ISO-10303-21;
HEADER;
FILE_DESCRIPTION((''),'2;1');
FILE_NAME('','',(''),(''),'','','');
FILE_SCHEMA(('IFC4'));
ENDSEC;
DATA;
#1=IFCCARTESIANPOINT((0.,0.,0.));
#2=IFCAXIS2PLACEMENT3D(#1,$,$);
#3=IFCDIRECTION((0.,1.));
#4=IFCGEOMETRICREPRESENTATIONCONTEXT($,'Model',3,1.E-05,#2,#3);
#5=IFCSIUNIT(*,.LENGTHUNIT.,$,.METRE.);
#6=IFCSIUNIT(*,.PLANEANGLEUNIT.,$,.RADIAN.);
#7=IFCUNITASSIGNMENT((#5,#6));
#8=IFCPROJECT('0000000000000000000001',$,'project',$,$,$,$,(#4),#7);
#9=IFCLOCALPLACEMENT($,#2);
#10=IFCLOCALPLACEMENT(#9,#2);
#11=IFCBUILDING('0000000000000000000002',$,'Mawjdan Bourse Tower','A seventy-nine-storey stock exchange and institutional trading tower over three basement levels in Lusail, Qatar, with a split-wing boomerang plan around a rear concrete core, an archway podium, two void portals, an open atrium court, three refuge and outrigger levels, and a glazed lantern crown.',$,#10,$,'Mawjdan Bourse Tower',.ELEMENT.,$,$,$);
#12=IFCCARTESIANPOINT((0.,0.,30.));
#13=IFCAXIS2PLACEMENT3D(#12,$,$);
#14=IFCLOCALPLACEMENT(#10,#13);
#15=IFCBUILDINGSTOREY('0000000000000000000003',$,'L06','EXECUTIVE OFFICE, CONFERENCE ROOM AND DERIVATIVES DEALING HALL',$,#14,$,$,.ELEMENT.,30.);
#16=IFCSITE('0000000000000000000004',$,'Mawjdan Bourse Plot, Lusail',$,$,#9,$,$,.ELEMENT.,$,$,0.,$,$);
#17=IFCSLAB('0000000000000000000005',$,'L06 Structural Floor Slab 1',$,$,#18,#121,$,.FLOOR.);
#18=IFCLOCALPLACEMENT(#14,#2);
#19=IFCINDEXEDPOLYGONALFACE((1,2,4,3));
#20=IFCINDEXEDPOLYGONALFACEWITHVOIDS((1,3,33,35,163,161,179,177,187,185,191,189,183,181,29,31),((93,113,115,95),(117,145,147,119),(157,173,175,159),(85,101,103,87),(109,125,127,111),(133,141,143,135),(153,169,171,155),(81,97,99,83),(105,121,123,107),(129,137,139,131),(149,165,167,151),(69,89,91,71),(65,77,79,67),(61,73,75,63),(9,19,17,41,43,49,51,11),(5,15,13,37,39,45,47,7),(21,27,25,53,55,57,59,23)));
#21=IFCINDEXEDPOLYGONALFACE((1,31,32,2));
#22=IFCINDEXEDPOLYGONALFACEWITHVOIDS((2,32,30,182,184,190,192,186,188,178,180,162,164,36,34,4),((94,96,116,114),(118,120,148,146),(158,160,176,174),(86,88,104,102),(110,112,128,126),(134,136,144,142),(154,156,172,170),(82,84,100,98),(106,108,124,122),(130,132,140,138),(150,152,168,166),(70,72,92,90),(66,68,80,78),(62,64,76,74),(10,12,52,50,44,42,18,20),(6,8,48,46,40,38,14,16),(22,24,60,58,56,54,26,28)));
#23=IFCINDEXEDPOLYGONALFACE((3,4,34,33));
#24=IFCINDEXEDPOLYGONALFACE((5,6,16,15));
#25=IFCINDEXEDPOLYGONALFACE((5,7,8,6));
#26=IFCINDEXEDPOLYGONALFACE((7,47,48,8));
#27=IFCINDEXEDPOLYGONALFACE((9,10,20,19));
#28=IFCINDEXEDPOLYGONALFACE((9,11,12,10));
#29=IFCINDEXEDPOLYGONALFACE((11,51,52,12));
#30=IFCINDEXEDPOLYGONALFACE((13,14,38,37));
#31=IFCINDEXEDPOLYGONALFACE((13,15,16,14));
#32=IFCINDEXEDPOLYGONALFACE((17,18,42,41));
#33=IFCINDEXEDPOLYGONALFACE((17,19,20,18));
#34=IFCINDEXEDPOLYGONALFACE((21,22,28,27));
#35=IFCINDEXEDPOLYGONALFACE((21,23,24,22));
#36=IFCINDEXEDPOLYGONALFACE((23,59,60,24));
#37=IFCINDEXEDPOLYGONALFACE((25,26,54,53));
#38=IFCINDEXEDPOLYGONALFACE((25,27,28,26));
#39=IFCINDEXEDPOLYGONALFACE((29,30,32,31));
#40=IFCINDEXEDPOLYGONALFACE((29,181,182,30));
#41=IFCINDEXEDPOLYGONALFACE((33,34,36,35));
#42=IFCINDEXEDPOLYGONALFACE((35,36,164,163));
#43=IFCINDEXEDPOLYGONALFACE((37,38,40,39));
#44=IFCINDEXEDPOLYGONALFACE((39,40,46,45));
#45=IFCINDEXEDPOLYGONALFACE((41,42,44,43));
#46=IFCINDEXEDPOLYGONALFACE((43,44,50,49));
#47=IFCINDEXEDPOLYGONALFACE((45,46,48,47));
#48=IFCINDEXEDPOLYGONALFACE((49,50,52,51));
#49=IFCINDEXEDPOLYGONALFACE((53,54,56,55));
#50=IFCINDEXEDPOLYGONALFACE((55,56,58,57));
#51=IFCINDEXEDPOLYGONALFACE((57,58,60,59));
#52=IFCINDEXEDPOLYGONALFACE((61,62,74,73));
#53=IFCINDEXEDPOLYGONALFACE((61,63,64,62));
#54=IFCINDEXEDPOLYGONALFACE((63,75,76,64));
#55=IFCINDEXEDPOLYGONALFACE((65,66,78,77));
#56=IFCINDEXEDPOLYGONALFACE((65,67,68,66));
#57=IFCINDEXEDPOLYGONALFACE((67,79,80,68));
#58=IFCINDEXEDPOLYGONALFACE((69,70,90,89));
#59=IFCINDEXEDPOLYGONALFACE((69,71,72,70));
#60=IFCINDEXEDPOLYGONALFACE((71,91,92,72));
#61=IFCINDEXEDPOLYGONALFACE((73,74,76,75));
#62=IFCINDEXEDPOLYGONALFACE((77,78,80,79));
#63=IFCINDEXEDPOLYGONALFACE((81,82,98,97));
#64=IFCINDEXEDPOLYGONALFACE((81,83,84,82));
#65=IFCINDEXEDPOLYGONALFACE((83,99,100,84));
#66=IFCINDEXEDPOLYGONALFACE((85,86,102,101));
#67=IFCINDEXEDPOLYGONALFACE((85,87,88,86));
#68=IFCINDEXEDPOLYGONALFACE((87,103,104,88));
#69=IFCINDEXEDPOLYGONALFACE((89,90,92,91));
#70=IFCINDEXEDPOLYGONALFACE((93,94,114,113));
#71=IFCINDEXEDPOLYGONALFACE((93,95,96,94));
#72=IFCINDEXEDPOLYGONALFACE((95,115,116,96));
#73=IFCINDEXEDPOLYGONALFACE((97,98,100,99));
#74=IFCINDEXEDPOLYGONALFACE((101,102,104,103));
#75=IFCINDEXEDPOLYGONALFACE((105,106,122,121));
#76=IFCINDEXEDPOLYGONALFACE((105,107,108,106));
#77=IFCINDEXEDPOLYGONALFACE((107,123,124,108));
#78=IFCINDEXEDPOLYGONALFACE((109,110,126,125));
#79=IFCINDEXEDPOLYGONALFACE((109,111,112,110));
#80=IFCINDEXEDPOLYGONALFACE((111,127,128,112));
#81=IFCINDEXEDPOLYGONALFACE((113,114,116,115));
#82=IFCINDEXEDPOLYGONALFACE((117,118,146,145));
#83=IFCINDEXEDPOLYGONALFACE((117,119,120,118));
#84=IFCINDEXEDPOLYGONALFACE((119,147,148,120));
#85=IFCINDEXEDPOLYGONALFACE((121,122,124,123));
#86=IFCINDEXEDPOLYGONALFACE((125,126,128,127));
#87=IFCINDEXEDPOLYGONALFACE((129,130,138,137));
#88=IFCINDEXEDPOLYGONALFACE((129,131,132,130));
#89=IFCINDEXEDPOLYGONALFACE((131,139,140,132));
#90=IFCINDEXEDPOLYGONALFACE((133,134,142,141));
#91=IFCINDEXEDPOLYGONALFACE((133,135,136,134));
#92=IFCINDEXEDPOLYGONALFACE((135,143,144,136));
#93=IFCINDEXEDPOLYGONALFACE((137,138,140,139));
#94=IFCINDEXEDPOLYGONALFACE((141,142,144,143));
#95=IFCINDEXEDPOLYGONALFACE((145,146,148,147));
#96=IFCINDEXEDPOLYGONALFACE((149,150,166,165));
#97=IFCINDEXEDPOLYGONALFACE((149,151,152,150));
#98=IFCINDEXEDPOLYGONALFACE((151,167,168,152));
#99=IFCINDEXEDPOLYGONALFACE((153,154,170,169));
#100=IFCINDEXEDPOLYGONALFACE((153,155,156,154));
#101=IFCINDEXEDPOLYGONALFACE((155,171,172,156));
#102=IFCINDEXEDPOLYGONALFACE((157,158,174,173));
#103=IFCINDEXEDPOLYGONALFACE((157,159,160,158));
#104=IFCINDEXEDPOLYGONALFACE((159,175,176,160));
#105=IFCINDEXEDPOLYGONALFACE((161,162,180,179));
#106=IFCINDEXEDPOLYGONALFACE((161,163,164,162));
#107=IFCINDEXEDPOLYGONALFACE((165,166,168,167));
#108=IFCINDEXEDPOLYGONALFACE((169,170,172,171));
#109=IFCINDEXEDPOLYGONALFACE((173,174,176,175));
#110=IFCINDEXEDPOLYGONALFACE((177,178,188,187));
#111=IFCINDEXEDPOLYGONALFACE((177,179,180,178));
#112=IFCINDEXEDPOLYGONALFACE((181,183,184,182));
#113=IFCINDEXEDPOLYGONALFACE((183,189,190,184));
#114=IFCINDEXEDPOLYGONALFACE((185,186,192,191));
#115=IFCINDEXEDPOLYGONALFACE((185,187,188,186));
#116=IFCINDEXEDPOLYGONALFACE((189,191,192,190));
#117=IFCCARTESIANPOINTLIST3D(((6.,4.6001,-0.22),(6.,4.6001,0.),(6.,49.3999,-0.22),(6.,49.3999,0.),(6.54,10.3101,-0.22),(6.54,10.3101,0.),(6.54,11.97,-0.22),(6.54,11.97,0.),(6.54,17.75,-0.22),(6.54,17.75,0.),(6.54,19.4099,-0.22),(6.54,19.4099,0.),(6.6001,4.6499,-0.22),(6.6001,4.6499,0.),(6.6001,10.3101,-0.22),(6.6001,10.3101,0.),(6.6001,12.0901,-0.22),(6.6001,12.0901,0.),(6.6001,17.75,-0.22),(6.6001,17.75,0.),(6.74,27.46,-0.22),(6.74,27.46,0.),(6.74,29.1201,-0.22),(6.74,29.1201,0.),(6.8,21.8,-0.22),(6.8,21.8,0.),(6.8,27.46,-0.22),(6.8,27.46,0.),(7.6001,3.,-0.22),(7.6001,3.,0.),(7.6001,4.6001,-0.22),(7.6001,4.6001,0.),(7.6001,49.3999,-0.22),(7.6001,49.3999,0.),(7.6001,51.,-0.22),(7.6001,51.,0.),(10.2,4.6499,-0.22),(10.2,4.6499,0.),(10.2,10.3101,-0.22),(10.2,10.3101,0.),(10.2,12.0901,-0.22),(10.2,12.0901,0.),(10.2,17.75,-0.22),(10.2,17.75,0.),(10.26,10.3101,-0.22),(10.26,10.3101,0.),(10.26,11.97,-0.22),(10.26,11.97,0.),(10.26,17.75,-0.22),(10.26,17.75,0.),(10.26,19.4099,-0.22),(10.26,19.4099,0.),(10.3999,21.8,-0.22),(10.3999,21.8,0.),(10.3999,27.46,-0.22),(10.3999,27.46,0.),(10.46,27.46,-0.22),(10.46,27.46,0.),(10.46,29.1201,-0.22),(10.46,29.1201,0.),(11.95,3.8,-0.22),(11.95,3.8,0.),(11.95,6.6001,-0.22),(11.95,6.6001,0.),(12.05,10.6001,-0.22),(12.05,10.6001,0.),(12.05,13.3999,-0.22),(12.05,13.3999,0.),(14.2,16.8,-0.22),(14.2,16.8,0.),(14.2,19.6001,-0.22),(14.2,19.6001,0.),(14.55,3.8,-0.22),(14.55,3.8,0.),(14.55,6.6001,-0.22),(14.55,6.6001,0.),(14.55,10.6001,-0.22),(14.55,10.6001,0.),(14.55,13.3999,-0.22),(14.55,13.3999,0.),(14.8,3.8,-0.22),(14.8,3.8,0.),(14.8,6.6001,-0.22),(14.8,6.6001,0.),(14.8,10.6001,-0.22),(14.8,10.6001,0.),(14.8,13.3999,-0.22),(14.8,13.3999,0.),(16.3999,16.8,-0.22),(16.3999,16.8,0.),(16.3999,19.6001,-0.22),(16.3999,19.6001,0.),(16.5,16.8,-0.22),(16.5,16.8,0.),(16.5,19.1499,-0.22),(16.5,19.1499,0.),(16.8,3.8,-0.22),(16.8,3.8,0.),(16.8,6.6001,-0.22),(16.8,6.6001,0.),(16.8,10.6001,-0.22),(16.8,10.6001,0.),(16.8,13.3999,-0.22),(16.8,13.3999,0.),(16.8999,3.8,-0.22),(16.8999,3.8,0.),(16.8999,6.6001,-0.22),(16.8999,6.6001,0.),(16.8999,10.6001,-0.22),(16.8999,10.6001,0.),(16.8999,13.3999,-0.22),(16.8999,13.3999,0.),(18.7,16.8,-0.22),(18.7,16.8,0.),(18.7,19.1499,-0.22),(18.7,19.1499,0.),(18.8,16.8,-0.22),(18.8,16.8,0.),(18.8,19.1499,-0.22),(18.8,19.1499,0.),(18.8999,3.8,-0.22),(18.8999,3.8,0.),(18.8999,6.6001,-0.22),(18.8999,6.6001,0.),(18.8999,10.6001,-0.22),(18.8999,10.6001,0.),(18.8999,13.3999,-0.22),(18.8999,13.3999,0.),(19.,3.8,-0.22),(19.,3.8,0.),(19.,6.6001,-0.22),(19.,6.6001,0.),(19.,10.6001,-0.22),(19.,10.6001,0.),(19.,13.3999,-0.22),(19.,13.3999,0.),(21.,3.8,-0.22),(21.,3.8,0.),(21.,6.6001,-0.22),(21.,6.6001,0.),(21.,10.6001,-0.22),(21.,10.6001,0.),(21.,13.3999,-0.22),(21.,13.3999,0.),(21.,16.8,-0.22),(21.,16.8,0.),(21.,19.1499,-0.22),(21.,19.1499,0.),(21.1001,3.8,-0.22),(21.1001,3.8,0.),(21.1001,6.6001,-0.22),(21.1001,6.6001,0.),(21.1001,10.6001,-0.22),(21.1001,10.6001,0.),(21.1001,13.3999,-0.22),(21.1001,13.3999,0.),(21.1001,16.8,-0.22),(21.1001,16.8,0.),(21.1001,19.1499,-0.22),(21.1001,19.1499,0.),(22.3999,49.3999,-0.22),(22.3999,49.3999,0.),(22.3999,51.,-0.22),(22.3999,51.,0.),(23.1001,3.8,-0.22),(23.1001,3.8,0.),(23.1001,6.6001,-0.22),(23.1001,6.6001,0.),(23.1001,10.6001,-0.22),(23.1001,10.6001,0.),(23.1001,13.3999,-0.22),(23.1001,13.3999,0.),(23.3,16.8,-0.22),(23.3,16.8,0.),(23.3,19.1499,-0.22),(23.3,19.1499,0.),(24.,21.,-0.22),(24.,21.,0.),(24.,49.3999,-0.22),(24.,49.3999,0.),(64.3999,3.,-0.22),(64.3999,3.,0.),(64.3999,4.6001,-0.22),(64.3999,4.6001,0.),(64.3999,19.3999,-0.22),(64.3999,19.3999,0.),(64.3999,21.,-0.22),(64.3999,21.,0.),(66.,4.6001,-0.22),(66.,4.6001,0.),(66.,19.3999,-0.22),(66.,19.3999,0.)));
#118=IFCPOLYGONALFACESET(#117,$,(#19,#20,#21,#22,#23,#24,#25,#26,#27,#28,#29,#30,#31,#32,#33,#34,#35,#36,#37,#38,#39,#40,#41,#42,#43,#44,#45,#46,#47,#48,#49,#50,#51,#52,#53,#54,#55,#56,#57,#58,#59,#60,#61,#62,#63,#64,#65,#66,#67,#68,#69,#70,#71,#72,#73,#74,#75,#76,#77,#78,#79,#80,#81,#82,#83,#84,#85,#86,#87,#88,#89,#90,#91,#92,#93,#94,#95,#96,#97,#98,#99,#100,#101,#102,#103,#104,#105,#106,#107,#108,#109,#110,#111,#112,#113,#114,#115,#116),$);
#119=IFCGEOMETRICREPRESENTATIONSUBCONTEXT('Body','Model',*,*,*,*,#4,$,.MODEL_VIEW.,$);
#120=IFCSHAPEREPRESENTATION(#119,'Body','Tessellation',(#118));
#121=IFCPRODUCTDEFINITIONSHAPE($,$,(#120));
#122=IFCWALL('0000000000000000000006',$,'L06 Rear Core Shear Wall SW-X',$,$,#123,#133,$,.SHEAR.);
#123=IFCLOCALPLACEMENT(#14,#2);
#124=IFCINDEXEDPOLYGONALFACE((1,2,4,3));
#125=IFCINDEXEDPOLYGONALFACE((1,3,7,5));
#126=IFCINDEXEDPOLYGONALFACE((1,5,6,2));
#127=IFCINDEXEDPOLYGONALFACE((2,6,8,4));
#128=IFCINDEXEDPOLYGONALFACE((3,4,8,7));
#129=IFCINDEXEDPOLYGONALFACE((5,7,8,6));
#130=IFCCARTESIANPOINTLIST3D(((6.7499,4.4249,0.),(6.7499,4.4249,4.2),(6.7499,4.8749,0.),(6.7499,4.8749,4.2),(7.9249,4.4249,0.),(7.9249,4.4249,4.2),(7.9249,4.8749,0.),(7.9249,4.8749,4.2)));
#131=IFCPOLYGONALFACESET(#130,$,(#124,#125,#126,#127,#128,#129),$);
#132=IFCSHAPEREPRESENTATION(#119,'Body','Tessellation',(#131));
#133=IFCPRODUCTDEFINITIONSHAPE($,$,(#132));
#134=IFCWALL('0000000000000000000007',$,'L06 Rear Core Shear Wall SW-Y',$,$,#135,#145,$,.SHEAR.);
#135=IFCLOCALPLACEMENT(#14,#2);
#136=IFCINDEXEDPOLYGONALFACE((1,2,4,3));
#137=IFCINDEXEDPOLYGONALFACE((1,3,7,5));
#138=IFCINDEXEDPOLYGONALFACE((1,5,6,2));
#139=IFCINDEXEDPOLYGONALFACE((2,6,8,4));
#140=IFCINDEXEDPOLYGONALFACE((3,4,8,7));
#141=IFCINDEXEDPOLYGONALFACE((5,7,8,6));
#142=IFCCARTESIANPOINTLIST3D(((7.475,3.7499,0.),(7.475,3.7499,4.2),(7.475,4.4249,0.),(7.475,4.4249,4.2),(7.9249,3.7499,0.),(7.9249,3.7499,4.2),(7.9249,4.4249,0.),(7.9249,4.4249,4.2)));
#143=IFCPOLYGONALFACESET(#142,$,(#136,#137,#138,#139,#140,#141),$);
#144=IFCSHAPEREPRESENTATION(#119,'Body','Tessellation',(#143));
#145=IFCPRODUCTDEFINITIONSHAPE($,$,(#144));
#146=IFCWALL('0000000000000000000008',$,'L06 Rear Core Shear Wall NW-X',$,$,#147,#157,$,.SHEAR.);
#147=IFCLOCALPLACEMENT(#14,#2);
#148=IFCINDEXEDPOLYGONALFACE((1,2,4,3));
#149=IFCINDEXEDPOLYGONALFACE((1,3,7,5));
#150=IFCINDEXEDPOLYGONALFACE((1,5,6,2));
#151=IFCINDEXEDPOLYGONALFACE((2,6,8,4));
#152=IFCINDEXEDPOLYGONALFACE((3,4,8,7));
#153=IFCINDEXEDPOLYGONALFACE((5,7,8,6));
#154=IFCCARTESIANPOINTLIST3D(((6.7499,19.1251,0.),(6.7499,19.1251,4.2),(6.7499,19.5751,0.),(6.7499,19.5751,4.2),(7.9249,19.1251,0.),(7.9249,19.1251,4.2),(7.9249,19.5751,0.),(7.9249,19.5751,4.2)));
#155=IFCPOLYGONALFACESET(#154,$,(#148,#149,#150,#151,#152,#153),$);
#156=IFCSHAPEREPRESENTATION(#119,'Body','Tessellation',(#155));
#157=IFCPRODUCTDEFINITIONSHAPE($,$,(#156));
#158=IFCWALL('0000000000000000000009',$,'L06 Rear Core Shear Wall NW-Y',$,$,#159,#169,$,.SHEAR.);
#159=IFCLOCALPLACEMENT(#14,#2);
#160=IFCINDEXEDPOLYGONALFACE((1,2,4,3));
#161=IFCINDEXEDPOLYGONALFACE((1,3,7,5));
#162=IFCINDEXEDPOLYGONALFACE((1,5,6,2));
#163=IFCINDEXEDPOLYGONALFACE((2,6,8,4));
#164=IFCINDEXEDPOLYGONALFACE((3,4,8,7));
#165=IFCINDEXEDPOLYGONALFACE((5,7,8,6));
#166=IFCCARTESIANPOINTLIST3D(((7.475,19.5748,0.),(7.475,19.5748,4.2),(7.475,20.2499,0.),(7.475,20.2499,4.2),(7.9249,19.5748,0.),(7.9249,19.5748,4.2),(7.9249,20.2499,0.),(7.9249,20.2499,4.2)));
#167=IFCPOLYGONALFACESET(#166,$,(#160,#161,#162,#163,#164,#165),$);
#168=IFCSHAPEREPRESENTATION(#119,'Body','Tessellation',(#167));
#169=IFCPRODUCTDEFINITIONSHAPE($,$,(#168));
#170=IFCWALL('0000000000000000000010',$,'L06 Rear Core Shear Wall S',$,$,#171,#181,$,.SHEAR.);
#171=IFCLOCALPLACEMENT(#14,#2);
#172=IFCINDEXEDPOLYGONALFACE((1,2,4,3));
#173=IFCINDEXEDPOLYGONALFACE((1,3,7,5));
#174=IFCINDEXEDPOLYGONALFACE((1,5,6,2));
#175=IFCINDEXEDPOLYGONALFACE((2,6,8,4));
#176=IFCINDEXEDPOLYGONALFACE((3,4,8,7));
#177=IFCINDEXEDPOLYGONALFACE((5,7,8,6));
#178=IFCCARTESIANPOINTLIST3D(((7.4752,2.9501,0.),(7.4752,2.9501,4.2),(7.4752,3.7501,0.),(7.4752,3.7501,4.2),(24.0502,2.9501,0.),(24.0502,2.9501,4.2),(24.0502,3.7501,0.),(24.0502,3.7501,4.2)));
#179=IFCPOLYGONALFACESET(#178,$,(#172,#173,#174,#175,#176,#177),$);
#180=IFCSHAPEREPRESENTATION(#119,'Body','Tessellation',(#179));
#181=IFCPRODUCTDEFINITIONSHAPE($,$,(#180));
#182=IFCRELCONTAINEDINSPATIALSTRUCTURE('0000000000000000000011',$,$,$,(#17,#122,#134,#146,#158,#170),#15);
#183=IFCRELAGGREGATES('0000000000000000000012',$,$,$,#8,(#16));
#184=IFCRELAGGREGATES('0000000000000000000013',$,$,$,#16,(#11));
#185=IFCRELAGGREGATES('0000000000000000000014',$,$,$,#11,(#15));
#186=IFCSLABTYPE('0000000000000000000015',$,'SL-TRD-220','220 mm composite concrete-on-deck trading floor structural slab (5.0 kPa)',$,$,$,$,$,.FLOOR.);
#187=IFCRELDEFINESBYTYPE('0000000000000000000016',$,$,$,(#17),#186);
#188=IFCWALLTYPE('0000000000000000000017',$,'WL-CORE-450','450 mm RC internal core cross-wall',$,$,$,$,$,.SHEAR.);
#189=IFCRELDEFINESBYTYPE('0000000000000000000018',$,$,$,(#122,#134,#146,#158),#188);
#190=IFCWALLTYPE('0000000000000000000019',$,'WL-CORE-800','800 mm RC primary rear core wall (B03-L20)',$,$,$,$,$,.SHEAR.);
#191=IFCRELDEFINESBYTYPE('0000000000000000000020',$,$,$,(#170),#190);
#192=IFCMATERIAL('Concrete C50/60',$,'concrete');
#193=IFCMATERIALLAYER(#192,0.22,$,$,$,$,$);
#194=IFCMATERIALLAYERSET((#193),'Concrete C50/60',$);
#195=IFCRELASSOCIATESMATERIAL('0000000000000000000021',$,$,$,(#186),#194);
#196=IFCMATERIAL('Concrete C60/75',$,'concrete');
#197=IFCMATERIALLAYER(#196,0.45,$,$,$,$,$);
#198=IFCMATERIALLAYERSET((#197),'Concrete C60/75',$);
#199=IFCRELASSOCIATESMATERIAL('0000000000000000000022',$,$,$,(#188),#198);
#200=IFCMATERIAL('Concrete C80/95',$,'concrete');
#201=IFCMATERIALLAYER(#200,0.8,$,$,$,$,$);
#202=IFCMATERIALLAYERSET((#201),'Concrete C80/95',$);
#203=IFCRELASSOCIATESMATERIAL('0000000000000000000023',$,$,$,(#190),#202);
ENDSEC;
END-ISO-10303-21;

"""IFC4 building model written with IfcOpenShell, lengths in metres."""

from ifc_helpers import new_model, si_unit, direction, frame, frame_2d, origin, place, context, subcontext, project, spatial, polyline, rectangle, outline, extrude, material, layer, layer_set, type_object, element, save


model = new_model("IFC4")

# Units and contexts
model_context = context("Model", 3, precision=1e-05, world=origin(), true_north=direction((0.0, 1.0)))
body_context = subcontext(model_context, "Body", "Model", "MODEL_VIEW")
ifc_project = project(units=[si_unit("LENGTHUNIT", "METRE"), si_unit("PLANEANGLEUNIT", "RADIAN")], contexts=[model_context])

# Site, building, storey
site_placement = place(None, origin())
site = spatial("IfcSite", under=ifc_project, at=site_placement, Name="Mawjdan Bourse Plot, Lusail", CompositionType="ELEMENT", RefElevation=0.0)
building_placement = place(site_placement, origin())
building = spatial("IfcBuilding", under=site, at=building_placement, Name="Mawjdan Bourse Tower", Description="A seventy-nine-storey stock exchange and institutional trading tower over three basement levels in Lusail, Qatar, with a split-wing boomerang plan around a rear concrete core, an archway podium, two void portals, an open atrium court, three refuge and outrigger levels, and a glazed lantern crown.", LongName="Mawjdan Bourse Tower", CompositionType="ELEMENT")
storey_placement = place(building_placement, frame((0.0, 0.0, 30.0)))
storey = spatial("IfcBuildingStorey", under=building, at=storey_placement, Name="L06", Description="EXECUTIVE OFFICE, CONFERENCE ROOM AND DERIVATIVES DEALING HALL", CompositionType="ELEMENT", Elevation=30.0)

# Shared definitions
ifc_material_1 = material(Name="Concrete C50/60", Category="concrete")

# Slab
ifc_layer_1 = layer(ifc_material_1, 0.22)
ifc_layer_set_1 = layer_set([ifc_layer_1], Name="Concrete C50/60")
slab_type_1 = type_object("IfcSlabType", Name="SL-TRD-220", Description="220 mm composite concrete-on-deck trading floor structural slab (5.0 kPa)", PredefinedType="FLOOR", material=ifc_layer_set_1)
slab_1_placement = place(storey_placement, frame((0.0, 0.0, -0.22)))
element("IfcSlab", 1, at=slab_1_placement, inside=storey, type_object=slab_type_1, Name="L06 Structural Floor Slab 1", PredefinedType="FLOOR", context=body_context, shape_type="SweptSolid", body=[
    extrude(outline(polyline([(7.6001, 3.0), (64.3999, 3.0), (64.3999, 4.6001), (66.0, 4.6001), (66.0, 19.3999), (64.3999, 19.3999), (64.3999, 21.0), (24.0, 21.0), (24.0, 49.3999), (22.3999, 49.3999), (22.3999, 51.0), (7.6001, 51.0), (7.6001, 49.3999), (6.0, 49.3999), (6.0, 4.6001), (7.6001, 4.6001), (7.6001, 3.0)]), holes=[polyline([(11.95, 3.8), (11.95, 6.6001), (14.55, 6.6001), (14.55, 3.8), (11.95, 3.8)]), polyline([(14.8, 3.8), (14.8, 6.6001), (16.8, 6.6001), (16.8, 3.8), (14.8, 3.8)]), polyline([(10.26, 11.97), (10.26, 10.3101), (10.2, 10.3101), (10.2, 4.6499), (6.6001, 4.6499), (6.6001, 10.3101), (6.54, 10.3101), (6.54, 11.97), (10.26, 11.97)]), polyline([(12.05, 13.3999), (14.55, 13.3999), (14.55, 10.6001), (12.05, 10.6001), (12.05, 13.3999)]), polyline([(6.6001, 17.75), (6.54, 17.75), (6.54, 19.4099), (10.26, 19.4099), (10.26, 17.75), (10.2, 17.75), (10.2, 12.0901), (6.6001, 12.0901), (6.6001, 17.75)]), polyline([(14.2, 16.8), (14.2, 19.6001), (16.3999, 19.6001), (16.3999, 16.8), (14.2, 16.8)]), polyline([(10.46, 27.46), (10.3999, 27.46), (10.3999, 21.8), (6.8, 21.8), (6.8, 27.46), (6.74, 27.46), (6.74, 29.1201), (10.46, 29.1201), (10.46, 27.46)]), polyline([(16.8999, 3.8), (16.8999, 6.6001), (18.8999, 6.6001), (18.8999, 3.8), (16.8999, 3.8)]), polyline([(19.0, 3.8), (19.0, 6.6001), (21.0, 6.6001), (21.0, 3.8), (19.0, 3.8)]), polyline([(21.1001, 3.8), (21.1001, 6.6001), (23.1001, 6.6001), (23.1001, 3.8), (21.1001, 3.8)]), polyline([(14.8, 13.3999), (16.8, 13.3999), (16.8, 10.6001), (14.8, 10.6001), (14.8, 13.3999)]), polyline([(16.8999, 13.3999), (18.8999, 13.3999), (18.8999, 10.6001), (16.8999, 10.6001), (16.8999, 13.3999)]), polyline([(19.0, 10.6001), (19.0, 13.3999), (21.0, 13.3999), (21.0, 10.6001), (19.0, 10.6001)]), polyline([(21.1001, 10.6001), (21.1001, 13.3999), (23.1001, 13.3999), (23.1001, 10.6001), (21.1001, 10.6001)]), polyline([(16.5, 16.8), (16.5, 19.1499), (18.7, 19.1499), (18.7, 16.8), (16.5, 16.8)]), polyline([(18.8, 19.1499), (21.0, 19.1499), (21.0, 16.8), (18.8, 16.8), (18.8, 19.1499)]), polyline([(21.1001, 19.1499), (23.3, 19.1499), (23.3, 16.8), (21.1001, 16.8), (21.1001, 19.1499)])]), origin(), (0.0, 0.0, 1.0), 0.22),
])

# Walls
ifc_material_2 = material(Name="Concrete C60/75", Category="concrete")
ifc_layer_2 = layer(ifc_material_2, 0.45)
ifc_layer_set_2 = layer_set([ifc_layer_2], Name="Concrete C60/75")
wall_type_1 = type_object("IfcWallType", Name="WL-CORE-450", Description="450 mm RC internal core cross-wall", PredefinedType="SHEAR", material=ifc_layer_set_2)
wall_1_placement = place(storey_placement, frame((6.75, 4.6499, 0.0), z_axis=(0.0, 0.0, 1.0), x_axis=(1.0, 0.0, 0.0)))
element("IfcWall", 2, at=wall_1_placement, inside=storey, type_object=wall_type_1, Name="L06 Rear Core Shear Wall SW-X", PredefinedType="SHEAR", context=body_context, shape_type="SweptSolid", body=[
    extrude(rectangle(XDim=1.175, YDim=0.45, at=frame_2d((0.5874, 0.0))), origin(), (0.0, 0.0, 1.0), 4.2),
])
wall_2_placement = place(storey_placement, frame((7.7, 3.75, 0.0), z_axis=(0.0, 0.0, 1.0), x_axis=(0.0, 1.0, 0.0)))
element("IfcWall", 3, at=wall_2_placement, inside=storey, type_object=wall_type_1, Name="L06 Rear Core Shear Wall SW-Y", PredefinedType="SHEAR", context=body_context, shape_type="SweptSolid", body=[
    extrude(rectangle(XDim=0.675, YDim=0.45, at=frame_2d((0.3374, 0.0))), origin(), (0.0, 0.0, 1.0), 4.2),
])
wall_3_placement = place(storey_placement, frame((6.75, 19.3501, 0.0), z_axis=(0.0, 0.0, 1.0), x_axis=(1.0, 0.0, 0.0)))
element("IfcWall", 4, at=wall_3_placement, inside=storey, type_object=wall_type_1, Name="L06 Rear Core Shear Wall NW-X", PredefinedType="SHEAR", context=body_context, shape_type="SweptSolid", body=[
    extrude(rectangle(XDim=1.175, YDim=0.45, at=frame_2d((0.5874, 0.0))), origin(), (0.0, 0.0, 1.0), 4.2),
])
wall_4_placement = place(storey_placement, frame((7.7, 19.575, 0.0), z_axis=(0.0, 0.0, 1.0), x_axis=(0.0, 1.0, 0.0)))
element("IfcWall", 5, at=wall_4_placement, inside=storey, type_object=wall_type_1, Name="L06 Rear Core Shear Wall NW-Y", PredefinedType="SHEAR", context=body_context, shape_type="SweptSolid", body=[
    extrude(rectangle(XDim=0.675, YDim=0.45, at=frame_2d((0.3374, 0.0))), origin(), (0.0, 0.0, 1.0), 4.2),
])
ifc_material_3 = material(Name="Concrete C80/95", Category="concrete")
ifc_layer_3 = layer(ifc_material_3, 0.8)
ifc_layer_set_3 = layer_set([ifc_layer_3], Name="Concrete C80/95")
wall_type_2 = type_object("IfcWallType", Name="WL-CORE-800", Description="800 mm RC primary rear core wall (B03-L20)", PredefinedType="SHEAR", material=ifc_layer_set_3)
wall_5_placement = place(storey_placement, frame((7.4751, 3.3501, 0.0), z_axis=(0.0, 0.0, 1.0), x_axis=(1.0, 0.0, 0.0)))
element("IfcWall", 6, at=wall_5_placement, inside=storey, type_object=wall_type_2, Name="L06 Rear Core Shear Wall S", PredefinedType="SHEAR", context=body_context, shape_type="SweptSolid", body=[
    extrude(rectangle(XDim=16.575, YDim=0.8, at=frame_2d((8.2876, 0.0))), origin(), (0.0, 0.0, 1.0), 4.2),
])

save(model, "model.ifc")
